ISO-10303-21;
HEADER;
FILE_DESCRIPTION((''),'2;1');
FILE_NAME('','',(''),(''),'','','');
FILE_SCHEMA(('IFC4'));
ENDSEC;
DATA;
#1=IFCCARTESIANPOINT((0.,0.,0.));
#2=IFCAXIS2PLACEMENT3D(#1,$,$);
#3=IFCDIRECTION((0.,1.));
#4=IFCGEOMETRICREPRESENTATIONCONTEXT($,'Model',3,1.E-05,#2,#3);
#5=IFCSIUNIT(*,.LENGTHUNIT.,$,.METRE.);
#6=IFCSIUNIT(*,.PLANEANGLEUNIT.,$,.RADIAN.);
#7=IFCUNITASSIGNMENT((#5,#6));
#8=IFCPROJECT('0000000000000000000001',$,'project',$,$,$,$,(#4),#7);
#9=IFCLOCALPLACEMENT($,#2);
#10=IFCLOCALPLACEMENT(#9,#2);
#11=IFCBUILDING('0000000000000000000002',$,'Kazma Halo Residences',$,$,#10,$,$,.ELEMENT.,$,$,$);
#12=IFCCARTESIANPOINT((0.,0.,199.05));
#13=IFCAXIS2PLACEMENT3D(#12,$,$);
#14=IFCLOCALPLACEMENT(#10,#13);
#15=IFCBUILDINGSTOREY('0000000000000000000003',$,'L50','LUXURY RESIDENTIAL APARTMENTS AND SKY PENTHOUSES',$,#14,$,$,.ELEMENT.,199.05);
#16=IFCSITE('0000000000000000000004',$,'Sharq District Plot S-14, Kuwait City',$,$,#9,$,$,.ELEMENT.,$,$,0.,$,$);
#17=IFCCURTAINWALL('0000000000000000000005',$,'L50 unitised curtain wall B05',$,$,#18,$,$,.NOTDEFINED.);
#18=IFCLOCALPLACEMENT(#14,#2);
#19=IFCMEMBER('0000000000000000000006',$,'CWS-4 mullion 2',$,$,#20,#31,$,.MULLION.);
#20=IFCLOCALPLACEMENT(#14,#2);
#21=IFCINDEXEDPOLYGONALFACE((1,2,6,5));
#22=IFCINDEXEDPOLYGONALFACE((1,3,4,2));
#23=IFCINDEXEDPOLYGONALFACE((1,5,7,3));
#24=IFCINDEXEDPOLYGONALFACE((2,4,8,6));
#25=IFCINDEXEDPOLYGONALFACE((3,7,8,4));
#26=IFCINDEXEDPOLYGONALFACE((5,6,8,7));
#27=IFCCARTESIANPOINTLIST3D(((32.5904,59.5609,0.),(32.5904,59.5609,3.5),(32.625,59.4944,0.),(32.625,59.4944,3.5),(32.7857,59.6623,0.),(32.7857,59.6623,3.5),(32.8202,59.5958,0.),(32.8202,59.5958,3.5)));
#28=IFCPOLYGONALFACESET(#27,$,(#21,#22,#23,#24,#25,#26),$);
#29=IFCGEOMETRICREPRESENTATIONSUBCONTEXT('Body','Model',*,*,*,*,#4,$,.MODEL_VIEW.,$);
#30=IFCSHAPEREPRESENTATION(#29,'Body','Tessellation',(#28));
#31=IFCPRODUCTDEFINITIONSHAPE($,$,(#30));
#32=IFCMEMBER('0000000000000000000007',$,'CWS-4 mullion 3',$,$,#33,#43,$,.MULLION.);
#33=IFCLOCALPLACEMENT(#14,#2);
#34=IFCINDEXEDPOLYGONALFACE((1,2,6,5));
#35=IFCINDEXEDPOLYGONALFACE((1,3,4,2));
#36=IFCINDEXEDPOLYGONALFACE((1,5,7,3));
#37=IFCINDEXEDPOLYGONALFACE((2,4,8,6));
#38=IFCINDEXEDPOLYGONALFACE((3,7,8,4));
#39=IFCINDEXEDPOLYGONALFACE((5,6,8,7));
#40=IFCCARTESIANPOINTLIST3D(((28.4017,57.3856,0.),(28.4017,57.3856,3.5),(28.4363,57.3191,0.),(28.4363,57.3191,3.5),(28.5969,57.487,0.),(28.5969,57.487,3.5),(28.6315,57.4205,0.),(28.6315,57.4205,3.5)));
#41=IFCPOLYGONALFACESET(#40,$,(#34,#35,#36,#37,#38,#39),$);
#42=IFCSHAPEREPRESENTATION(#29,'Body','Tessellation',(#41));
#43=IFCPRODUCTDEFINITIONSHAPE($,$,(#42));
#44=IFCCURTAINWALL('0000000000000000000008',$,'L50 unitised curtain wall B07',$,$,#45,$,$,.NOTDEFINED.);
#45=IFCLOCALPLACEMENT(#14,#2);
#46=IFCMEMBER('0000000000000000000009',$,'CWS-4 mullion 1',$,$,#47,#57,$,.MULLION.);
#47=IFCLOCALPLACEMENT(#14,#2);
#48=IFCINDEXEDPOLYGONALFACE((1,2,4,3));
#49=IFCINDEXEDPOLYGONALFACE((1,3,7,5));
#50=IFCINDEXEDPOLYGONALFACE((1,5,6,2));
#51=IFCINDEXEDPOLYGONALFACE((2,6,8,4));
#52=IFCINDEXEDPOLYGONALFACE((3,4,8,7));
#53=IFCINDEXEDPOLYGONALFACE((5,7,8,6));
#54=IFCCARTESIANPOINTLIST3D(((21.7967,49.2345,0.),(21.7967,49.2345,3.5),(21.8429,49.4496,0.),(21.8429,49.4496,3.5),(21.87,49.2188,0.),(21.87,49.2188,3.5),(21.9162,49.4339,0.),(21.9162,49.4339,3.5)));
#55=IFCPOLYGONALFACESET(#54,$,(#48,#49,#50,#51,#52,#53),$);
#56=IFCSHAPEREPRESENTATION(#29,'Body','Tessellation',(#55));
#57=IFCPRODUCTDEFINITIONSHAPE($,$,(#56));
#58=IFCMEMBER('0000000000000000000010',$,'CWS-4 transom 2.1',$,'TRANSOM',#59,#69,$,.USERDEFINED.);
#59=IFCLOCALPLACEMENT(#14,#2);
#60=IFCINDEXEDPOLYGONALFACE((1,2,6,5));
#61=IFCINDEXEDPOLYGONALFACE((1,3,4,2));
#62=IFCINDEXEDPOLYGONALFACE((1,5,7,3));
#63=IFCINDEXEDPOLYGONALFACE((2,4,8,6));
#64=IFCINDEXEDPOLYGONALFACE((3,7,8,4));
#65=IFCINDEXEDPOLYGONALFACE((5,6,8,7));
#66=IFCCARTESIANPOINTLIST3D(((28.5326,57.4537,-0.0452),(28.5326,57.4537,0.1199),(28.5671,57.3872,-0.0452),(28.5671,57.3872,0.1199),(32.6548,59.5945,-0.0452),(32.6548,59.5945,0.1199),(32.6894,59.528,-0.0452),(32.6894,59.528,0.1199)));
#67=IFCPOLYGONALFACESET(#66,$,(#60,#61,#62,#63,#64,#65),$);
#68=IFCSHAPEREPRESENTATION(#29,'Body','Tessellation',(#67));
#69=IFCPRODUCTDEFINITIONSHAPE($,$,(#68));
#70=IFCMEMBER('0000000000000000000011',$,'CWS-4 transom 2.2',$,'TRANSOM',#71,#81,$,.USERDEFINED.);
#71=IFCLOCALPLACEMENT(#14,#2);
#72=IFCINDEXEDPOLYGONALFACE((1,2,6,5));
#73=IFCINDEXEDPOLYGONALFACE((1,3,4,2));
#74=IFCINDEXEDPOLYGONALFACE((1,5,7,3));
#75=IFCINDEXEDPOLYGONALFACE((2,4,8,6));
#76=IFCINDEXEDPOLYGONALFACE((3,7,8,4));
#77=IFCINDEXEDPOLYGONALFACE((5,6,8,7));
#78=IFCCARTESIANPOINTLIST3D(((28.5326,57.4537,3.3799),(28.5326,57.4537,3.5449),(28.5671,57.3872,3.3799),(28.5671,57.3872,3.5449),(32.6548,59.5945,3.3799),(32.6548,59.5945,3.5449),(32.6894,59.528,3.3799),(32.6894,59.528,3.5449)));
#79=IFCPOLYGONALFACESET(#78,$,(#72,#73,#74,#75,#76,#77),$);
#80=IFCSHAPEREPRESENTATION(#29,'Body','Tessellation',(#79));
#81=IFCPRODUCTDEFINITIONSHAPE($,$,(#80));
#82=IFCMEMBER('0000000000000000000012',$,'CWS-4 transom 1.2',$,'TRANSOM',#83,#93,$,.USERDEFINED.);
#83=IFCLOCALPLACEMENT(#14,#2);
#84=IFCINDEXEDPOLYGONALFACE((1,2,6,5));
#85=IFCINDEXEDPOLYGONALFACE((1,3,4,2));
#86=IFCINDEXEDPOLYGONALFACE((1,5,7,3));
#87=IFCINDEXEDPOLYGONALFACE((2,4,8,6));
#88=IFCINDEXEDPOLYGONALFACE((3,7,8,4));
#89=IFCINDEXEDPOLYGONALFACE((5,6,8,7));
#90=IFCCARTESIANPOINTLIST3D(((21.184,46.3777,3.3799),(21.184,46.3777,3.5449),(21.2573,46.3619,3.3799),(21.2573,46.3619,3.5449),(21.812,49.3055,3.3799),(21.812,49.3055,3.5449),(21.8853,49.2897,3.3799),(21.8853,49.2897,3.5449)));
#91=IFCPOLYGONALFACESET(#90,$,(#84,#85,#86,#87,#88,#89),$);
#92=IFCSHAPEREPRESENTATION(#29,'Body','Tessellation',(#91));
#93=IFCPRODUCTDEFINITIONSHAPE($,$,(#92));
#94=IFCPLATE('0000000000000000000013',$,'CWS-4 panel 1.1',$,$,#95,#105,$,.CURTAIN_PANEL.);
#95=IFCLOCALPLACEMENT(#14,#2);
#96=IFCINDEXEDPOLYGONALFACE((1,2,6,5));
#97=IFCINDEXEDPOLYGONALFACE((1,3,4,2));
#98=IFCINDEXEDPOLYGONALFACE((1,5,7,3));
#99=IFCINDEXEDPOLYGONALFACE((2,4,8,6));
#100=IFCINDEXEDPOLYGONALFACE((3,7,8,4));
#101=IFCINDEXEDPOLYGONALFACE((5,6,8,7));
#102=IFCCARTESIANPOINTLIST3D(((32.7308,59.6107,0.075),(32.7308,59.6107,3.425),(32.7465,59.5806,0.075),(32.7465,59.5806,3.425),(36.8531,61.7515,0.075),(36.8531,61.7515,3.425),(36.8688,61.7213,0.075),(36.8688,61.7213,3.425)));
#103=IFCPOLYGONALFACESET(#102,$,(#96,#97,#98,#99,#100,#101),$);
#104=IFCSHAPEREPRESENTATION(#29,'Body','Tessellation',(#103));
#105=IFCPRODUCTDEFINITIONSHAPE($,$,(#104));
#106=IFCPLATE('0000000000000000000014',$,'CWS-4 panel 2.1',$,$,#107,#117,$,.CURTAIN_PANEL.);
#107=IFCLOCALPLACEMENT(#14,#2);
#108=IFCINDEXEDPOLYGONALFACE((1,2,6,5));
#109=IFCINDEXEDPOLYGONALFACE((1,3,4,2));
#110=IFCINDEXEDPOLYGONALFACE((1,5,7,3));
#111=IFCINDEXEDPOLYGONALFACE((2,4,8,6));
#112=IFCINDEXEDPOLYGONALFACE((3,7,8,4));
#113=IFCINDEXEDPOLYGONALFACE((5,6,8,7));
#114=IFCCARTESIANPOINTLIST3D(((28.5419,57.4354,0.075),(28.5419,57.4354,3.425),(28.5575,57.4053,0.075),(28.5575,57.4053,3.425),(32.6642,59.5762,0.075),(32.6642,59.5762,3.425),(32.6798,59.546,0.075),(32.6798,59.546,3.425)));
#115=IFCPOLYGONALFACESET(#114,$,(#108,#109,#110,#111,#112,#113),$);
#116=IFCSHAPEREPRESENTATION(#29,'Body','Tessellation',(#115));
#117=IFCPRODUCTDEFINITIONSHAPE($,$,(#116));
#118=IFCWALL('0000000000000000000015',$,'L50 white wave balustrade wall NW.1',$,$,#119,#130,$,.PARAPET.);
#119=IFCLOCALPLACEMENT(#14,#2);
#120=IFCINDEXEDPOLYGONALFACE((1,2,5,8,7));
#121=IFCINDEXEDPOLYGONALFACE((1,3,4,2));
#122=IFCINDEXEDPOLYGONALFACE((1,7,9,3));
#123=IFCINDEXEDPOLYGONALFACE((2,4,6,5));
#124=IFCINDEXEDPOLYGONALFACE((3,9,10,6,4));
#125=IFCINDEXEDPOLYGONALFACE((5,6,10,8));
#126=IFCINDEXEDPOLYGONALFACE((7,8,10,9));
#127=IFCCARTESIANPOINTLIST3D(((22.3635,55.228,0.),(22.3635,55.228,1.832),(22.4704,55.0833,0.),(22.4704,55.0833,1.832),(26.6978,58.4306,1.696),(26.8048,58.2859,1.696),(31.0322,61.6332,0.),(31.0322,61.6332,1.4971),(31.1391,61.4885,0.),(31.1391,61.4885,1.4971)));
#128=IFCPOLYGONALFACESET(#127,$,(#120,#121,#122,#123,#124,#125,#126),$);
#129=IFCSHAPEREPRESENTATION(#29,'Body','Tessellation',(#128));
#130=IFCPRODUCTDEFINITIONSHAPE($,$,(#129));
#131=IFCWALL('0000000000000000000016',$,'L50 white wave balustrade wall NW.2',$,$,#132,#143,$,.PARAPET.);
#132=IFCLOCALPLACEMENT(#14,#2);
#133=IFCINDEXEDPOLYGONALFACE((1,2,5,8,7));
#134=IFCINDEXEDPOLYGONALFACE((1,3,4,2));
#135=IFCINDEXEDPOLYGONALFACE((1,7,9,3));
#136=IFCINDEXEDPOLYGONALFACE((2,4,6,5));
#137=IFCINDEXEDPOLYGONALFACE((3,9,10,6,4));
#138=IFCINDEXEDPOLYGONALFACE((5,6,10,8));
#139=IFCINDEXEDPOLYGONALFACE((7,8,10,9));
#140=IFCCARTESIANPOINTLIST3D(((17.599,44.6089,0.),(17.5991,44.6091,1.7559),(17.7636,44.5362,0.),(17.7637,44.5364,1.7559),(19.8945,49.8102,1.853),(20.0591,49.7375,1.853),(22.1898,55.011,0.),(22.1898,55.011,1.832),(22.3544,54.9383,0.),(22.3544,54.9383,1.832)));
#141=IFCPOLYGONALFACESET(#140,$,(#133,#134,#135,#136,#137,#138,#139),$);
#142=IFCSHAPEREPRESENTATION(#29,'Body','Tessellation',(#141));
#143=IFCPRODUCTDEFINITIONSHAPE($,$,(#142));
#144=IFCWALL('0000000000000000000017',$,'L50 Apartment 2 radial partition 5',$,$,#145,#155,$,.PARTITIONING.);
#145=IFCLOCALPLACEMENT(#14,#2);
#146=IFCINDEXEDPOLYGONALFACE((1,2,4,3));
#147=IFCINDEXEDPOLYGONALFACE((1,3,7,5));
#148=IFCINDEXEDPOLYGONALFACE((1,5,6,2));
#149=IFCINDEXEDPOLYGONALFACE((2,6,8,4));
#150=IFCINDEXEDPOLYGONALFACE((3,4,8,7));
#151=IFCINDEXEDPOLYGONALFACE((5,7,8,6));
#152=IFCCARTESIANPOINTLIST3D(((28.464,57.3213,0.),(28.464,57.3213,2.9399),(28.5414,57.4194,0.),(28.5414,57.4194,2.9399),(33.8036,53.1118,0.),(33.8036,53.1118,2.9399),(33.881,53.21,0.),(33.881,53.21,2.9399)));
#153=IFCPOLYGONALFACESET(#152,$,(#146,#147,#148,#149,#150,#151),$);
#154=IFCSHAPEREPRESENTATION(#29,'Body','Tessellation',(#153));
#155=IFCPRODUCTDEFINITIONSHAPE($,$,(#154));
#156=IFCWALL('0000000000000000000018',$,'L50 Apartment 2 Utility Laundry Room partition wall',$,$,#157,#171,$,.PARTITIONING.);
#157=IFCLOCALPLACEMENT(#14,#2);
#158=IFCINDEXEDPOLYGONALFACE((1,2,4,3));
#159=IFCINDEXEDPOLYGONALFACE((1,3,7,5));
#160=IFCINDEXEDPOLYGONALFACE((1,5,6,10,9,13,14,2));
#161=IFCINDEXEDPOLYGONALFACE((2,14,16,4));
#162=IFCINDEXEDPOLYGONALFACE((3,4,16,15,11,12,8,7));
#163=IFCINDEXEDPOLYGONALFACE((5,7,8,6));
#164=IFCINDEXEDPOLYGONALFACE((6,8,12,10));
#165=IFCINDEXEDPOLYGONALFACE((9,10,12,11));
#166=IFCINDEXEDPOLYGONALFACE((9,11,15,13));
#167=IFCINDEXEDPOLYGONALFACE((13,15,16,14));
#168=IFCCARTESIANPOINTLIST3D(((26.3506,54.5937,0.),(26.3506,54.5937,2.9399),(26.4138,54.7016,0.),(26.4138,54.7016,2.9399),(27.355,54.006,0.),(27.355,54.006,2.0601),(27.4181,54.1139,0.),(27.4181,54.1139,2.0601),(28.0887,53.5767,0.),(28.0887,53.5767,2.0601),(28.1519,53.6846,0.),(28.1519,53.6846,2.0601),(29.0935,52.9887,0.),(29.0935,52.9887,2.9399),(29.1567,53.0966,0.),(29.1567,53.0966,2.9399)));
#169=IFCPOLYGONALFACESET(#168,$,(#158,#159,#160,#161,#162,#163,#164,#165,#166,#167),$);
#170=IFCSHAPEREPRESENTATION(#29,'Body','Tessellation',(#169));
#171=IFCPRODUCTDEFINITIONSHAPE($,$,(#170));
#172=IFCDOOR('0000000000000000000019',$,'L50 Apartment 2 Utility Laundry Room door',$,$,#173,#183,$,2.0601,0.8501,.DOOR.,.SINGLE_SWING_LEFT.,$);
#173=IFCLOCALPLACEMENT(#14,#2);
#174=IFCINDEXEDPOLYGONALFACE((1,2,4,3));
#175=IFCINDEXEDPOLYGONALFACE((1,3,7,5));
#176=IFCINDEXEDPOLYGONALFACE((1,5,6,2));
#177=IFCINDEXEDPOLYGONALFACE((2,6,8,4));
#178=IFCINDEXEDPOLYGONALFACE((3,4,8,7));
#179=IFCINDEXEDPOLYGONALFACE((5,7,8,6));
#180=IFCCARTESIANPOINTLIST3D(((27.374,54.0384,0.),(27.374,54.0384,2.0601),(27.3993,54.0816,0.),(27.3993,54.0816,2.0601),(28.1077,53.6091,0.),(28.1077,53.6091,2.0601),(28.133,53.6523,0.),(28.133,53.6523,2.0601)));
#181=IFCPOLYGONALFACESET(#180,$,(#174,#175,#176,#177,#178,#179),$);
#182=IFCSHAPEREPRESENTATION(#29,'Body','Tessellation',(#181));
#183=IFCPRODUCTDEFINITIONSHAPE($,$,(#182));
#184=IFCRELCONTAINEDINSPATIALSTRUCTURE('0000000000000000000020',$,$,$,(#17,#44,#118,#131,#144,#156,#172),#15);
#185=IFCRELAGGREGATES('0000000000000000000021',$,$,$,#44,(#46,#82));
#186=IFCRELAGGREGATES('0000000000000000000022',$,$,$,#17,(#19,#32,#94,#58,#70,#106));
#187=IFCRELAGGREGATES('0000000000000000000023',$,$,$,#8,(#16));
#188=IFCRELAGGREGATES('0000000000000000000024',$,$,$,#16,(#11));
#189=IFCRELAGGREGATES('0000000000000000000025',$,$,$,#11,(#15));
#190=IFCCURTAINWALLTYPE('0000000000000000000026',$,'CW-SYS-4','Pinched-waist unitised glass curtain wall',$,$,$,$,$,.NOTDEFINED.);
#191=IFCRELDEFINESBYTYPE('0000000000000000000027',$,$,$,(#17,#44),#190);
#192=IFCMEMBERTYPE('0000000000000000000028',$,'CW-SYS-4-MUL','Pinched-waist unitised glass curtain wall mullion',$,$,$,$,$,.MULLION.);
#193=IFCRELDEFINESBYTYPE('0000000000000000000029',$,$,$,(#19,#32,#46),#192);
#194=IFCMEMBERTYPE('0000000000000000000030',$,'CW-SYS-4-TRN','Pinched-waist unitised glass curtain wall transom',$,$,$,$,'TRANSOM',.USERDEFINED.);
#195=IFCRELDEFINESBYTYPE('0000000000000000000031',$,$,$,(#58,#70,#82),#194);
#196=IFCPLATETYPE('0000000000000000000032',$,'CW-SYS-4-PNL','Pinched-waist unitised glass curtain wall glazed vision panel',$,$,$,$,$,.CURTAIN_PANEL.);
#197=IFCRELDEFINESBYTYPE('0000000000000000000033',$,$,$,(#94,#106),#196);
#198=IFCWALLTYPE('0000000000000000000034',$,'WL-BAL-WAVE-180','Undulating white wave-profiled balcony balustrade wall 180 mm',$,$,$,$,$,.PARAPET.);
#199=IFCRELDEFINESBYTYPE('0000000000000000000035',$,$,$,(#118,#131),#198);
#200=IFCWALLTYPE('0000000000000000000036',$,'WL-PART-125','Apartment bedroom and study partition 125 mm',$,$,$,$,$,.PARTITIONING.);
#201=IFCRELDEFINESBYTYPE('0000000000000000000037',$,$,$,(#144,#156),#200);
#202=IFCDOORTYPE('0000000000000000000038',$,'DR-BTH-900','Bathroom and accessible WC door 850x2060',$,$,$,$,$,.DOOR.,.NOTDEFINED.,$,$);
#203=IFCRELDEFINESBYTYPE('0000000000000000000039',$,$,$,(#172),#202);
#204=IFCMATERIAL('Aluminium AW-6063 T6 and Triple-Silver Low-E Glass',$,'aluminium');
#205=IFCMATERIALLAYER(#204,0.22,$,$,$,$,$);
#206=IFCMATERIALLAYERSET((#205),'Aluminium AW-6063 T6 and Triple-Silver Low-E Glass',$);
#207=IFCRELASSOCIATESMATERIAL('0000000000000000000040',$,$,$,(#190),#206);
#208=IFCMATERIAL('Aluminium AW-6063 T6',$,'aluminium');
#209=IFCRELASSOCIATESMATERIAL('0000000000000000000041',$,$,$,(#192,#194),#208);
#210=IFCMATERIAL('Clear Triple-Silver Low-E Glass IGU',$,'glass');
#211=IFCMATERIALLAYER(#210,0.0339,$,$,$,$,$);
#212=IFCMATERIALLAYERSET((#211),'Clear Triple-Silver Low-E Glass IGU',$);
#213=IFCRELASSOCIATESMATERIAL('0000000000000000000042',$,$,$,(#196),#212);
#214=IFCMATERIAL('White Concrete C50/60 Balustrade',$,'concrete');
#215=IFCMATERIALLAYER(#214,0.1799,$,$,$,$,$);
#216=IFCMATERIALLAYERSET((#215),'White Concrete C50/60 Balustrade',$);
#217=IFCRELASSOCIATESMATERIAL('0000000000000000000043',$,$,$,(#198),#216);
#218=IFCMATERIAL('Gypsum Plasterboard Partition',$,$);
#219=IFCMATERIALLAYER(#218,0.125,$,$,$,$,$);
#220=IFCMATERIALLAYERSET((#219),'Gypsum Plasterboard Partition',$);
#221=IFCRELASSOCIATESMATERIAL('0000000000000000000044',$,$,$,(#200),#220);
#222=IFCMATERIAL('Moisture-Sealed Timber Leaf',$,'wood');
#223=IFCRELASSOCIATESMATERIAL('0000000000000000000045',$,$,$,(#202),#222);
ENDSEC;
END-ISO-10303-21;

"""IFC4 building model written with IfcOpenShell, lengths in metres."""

from ifc_helpers import new_model, si_unit, direction, frame, frame_2d, origin, origin_2d, place, context, subcontext, project, spatial, polyline, rectangle, outline, extrude, material, layer, layer_set, material_profile, profile_set, type_object, element, fill, aggregate, save


model = new_model("IFC4")

# Units and contexts
model_context = context("Model", 3, precision=1e-05, world=origin(), true_north=direction((0.0, 1.0)))
body_context = subcontext(model_context, "Body", "Model", "MODEL_VIEW")
ifc_project = project(units=[si_unit("LENGTHUNIT", "METRE"), si_unit("PLANEANGLEUNIT", "RADIAN")], contexts=[model_context])

# Site, building, storey
site_placement = place(None, origin())
site = spatial("IfcSite", under=ifc_project, at=site_placement, Name="Sharq District Plot S-14, Kuwait City", CompositionType="ELEMENT", RefElevation=0.0)
building_placement = place(site_placement, origin())
building = spatial("IfcBuilding", under=site, at=building_placement, Name="Kazma Halo Residences", CompositionType="ELEMENT")
storey_placement = place(building_placement, frame((0.0, 0.0, 199.05)))
storey = spatial("IfcBuildingStorey", under=building, at=storey_placement, Name="L50", Description="LUXURY RESIDENTIAL APARTMENTS AND SKY PENTHOUSES", CompositionType="ELEMENT", Elevation=199.05)

# Curtain wall, members
ifc_material_1 = material(Name="Aluminium AW-6063 T6 and Triple-Silver Low-E Glass", Category="aluminium")
ifc_layer_1 = layer(ifc_material_1, 0.22)
ifc_layer_set_1 = layer_set([ifc_layer_1], Name="Aluminium AW-6063 T6 and Triple-Silver Low-E Glass")
curtain_wall_type = type_object("IfcCurtainWallType", Name="CW-SYS-4", Description="Pinched-waist unitised glass curtain wall", PredefinedType="NOTDEFINED", material=ifc_layer_set_1)
curtain_wall_1_placement = place(storey_placement, origin())
curtain_wall_1 = element("IfcCurtainWall", 1, at=curtain_wall_1_placement, inside=storey, type_object=curtain_wall_type, Name="L50 unitised curtain wall B05", PredefinedType="NOTDEFINED")
ifc_material_2 = material(Name="Aluminium AW-6063 T6", Category="aluminium")
ifc_material_profile_1 = material_profile(ifc_material_2, rectangle(XDim=0.075, YDim=0.22, at=origin_2d()), Name="CWM-75x220")
ifc_profile_set_1 = profile_set([ifc_material_profile_1], Name="Aluminium AW-6063 T6")
member_type_1 = type_object("IfcMemberType", Name="CW-SYS-4-MUL", Description="Pinched-waist unitised glass curtain wall mullion", PredefinedType="MULLION", material=ifc_profile_set_1)
member_1_placement = place(storey_placement, frame((32.7053, 59.5784, 0.0), z_axis=(0.0, 0.0, 1.0), x_axis=(0.460874, -0.887466, 0.0)))
member_1 = element("IfcMember", 2, at=member_1_placement, type_object=member_type_1, Name="CWS-4 mullion 2", PredefinedType="MULLION", context=body_context, shape_type="SweptSolid", body=[
    extrude(rectangle(XDim=0.075, YDim=0.22, at=origin_2d()), origin(), (0.0, 0.0, 1.0), 3.5),
])
member_2_placement = place(storey_placement, frame((28.5166, 57.4031, 0.0), z_axis=(0.0, 0.0, 1.0), x_axis=(0.460874, -0.887466, 0.0)))
member_2 = element("IfcMember", 3, at=member_2_placement, type_object=member_type_1, Name="CWS-4 mullion 3", PredefinedType="MULLION", context=body_context, shape_type="SweptSolid", body=[
    extrude(rectangle(XDim=0.075, YDim=0.22, at=origin_2d()), origin(), (0.0, 0.0, 1.0), 3.5),
])

# Curtain wall, member
curtain_wall_2_placement = place(storey_placement, origin())
curtain_wall_2 = element("IfcCurtainWall", 4, at=curtain_wall_2_placement, inside=storey, type_object=curtain_wall_type, Name="L50 unitised curtain wall B07", PredefinedType="NOTDEFINED")
member_3_placement = place(storey_placement, frame((21.8564, 49.3342, 0.0), z_axis=(0.0, 0.0, 1.0), x_axis=(0.977768, -0.20969, 0.0)))
member_3 = element("IfcMember", 5, at=member_3_placement, type_object=member_type_1, Name="CWS-4 mullion 1", PredefinedType="MULLION", context=body_context, shape_type="SweptSolid", body=[
    extrude(rectangle(XDim=0.075, YDim=0.22, at=origin_2d()), origin(), (0.0, 0.0, 1.0), 3.5),
])

# Members
ifc_material_profile_2 = material_profile(ifc_material_2, rectangle(XDim=0.075, YDim=0.165, at=origin_2d()), Name="CWT-75x165")
ifc_profile_set_2 = profile_set([ifc_material_profile_2], Name="Aluminium AW-6063 T6")
member_type_2 = type_object("IfcMemberType", Name="CW-SYS-4-TRN", Description="Pinched-waist unitised glass curtain wall transom", ElementType="TRANSOM", PredefinedType="USERDEFINED", material=ifc_profile_set_2)
member_4_placement = place(storey_placement, frame((32.6721, 59.5613, 0.0374), z_axis=(-0.887458, -0.460889, 0.0), x_axis=(0.460889, -0.887458, 0.0)))
member_4 = element("IfcMember", 6, at=member_4_placement, type_object=member_type_2, Name="CWS-4 transom 2.1", ObjectType="TRANSOM", PredefinedType="USERDEFINED", context=body_context, shape_type="SweptSolid", body=[
    extrude(rectangle(XDim=0.075, YDim=0.165, at=origin_2d()), origin(), (0.0, 0.0, 1.0), 4.645),
])
member_5_placement = place(storey_placement, frame((32.6721, 59.5613, 3.4624), z_axis=(-0.887458, -0.460889, 0.0), x_axis=(0.460889, -0.887458, 0.0)))
member_5 = element("IfcMember", 7, at=member_5_placement, type_object=member_type_2, Name="CWS-4 transom 2.2", ObjectType="TRANSOM", PredefinedType="USERDEFINED", context=body_context, shape_type="SweptSolid", body=[
    extrude(rectangle(XDim=0.075, YDim=0.165, at=origin_2d()), origin(), (0.0, 0.0, 1.0), 4.645),
])
member_6_placement = place(storey_placement, frame((21.8486, 49.2976, 3.4624), z_axis=(-0.209707, -0.977764, 0.0), x_axis=(0.977764, -0.209707, 0.0)))
member_6 = element("IfcMember", 8, at=member_6_placement, type_object=member_type_2, Name="CWS-4 transom 1.2", ObjectType="TRANSOM", PredefinedType="USERDEFINED", context=body_context, shape_type="SweptSolid", body=[
    extrude(rectangle(XDim=0.075, YDim=0.165, at=origin_2d()), origin(), (0.0, 0.0, 1.0), 2.9944),
])
aggregate(curtain_wall_2, [member_3, member_6])

# Plates
ifc_material_3 = material(Name="Clear Triple-Silver Low-E Glass IGU", Category="glass")
ifc_layer_2 = layer(ifc_material_3, 0.0339)
ifc_layer_set_2 = layer_set([ifc_layer_2], Name="Clear Triple-Silver Low-E Glass IGU")
plate_type = type_object("IfcPlateType", Name="CW-SYS-4-PNL", Description="Pinched-waist unitised glass curtain wall glazed vision panel", PredefinedType="CURTAIN_PANEL", material=ifc_layer_set_2)
plate_1_placement = place(storey_placement, frame((34.7998, 60.666, 0.075), z_axis=(0.0, 0.0, 1.0), x_axis=(-0.887466, -0.460874, 0.0)))
plate_1 = element("IfcPlate", 9, at=plate_1_placement, type_object=plate_type, Name="CWS-4 panel 1.1", PredefinedType="CURTAIN_PANEL", context=body_context, shape_type="SweptSolid", body=[
    extrude(rectangle(XDim=4.645, YDim=0.0339, at=origin_2d()), origin(), (0.0, 0.0, 1.0), 3.3501),
])
plate_2_placement = place(storey_placement, frame((30.6108, 58.4907, 0.075), z_axis=(0.0, 0.0, 1.0), x_axis=(-0.887466, -0.460874, 0.0)))
plate_2 = element("IfcPlate", 10, at=plate_2_placement, type_object=plate_type, Name="CWS-4 panel 2.1", PredefinedType="CURTAIN_PANEL", context=body_context, shape_type="SweptSolid", body=[
    extrude(rectangle(XDim=4.645, YDim=0.0339, at=origin_2d()), origin(), (0.0, 0.0, 1.0), 3.3501),
])
aggregate(curtain_wall_1, [member_1, member_2, plate_1, member_4, member_5, plate_2])

# Walls
ifc_material_4 = material(Name="White Concrete C50/60 Balustrade", Category="concrete")
ifc_layer_3 = layer(ifc_material_4, 0.1799)
ifc_layer_set_3 = layer_set([ifc_layer_3], Name="White Concrete C50/60 Balustrade")
wall_type_1 = type_object("IfcWallType", Name="WL-BAL-WAVE-180", Description="Undulating white wave-profiled balcony balustrade wall 180 mm", PredefinedType="PARAPET", material=ifc_layer_set_3)
wall_1_placement = place(storey_placement, frame((31.0857, 61.5608, 0.0), z_axis=(0.0, 0.0, 1.0), x_axis=(-0.804266, -0.594269, 0.0)))
element("IfcWall", 11, at=wall_1_placement, inside=storey, type_object=wall_type_1, Name="L50 white wave balustrade wall NW.1", PredefinedType="PARAPET", context=body_context, shape_type="SweptSolid", body=[
    extrude(outline(polyline([(0.0, 0.0), (10.7783, 0.0), (10.7783, 1.832), (5.3892, 1.696), (0.0, 1.4971), (0.0, 0.0)])), frame((0.0, 0.0898, 0.0), z_axis=(0.0, -1.0, 0.0), x_axis=(1.0, 0.0, 0.0)), (0.0, 0.0, 1.0), 0.1799),
])
wall_2_placement = place(storey_placement, frame((22.2722, 54.9746, 0.0), z_axis=(0.0, 0.0, 1.0), x_axis=(-0.403762, -0.914864, 0.0)))
element("IfcWall", 12, at=wall_2_placement, inside=storey, type_object=wall_type_1, Name="L50 white wave balustrade wall NW.2", PredefinedType="PARAPET", context=body_context, shape_type="SweptSolid", body=[
    extrude(outline(polyline([(0.0, 0.0), (11.3701, 0.0), (11.3699, 1.7559), (5.6848, 1.853), (0.0, 1.832), (0.0, 0.0)])), frame((0.0, 0.0898, 0.0), z_axis=(0.0, -1.0, 0.0), x_axis=(1.0, 0.0, 0.0)), (0.0, 0.0, 1.0), 0.1799),
])

# Wall
ifc_material_5 = material(Name="Gypsum Plasterboard Partition")
ifc_layer_4 = layer(ifc_material_5, 0.125)
ifc_layer_set_4 = layer_set([ifc_layer_4], Name="Gypsum Plasterboard Partition")
wall_type_2 = type_object("IfcWallType", Name="WL-PART-125", Description="Apartment bedroom and study partition 125 mm", PredefinedType="PARTITIONING", material=ifc_layer_set_4)
wall_3_placement = place(storey_placement, frame((33.8423, 53.1609, 0.0), z_axis=(0.0, 0.0, 1.0), x_axis=(-0.785312, 0.6191, 0.0)))
element("IfcWall", 13, at=wall_3_placement, inside=storey, type_object=wall_type_2, Name="L50 Apartment 2 radial partition 5", PredefinedType="PARTITIONING", context=body_context, shape_type="SweptSolid", body=[
    extrude(rectangle(XDim=6.7993, YDim=0.125, at=frame_2d((3.3997, 0.0))), origin(), (0.0, 0.0, 1.0), 2.9399),
])

# Wall, opening, door
wall_4_placement = place(storey_placement, frame((29.125, 53.0427, 0.0), z_axis=(0.0, 0.0, 1.0), x_axis=(-0.863101, 0.505031, 0.0)))
wall_4 = element("IfcWall", 14, at=wall_4_placement, inside=storey, type_object=wall_type_2, Name="L50 Apartment 2 Utility Laundry Room partition wall", PredefinedType="PARTITIONING", context=body_context, shape_type="SweptSolid", body=[
    extrude(rectangle(XDim=3.178, YDim=0.125, at=frame_2d((1.5889, 0.0))), origin(), (0.0, 0.0, 1.0), 2.9399),
])
opening_1_placement = place(wall_4_placement, frame((1.1641, 0.0, 0.0)))
opening_1 = element("IfcOpeningElement", 15, at=opening_1_placement, cuts=wall_4, PredefinedType="OPENING", context=body_context, shape_type="SweptSolid", body=[
    extrude(rectangle(XDim=0.8501, YDim=2.0601, at=frame_2d((0.425, 1.03))), frame((0.0, 0.0725, 0.0), z_axis=(0.0, -1.0, 0.0), x_axis=(1.0, 0.0, 0.0)), (0.0, 0.0, 1.0), 0.145),
])
ifc_material_6 = material(Name="Moisture-Sealed Timber Leaf", Category="wood")
door_type_1 = type_object("IfcDoorType", Name="DR-BTH-900", Description="Bathroom and accessible WC door 850x2060", OperationType="NOTDEFINED", PredefinedType="DOOR", material=ifc_material_6)
door_1_placement = place(opening_1_placement, origin())
door_1 = element("IfcDoor", 16, at=door_1_placement, inside=storey, type_object=door_type_1, Name="L50 Apartment 2 Utility Laundry Room door", OperationType="SINGLE_SWING_LEFT", OverallHeight=2.0601, OverallWidth=0.8501, PredefinedType="DOOR", context=body_context, shape_type="SweptSolid", body=[
    extrude(rectangle(XDim=0.8501, YDim=2.0601, at=frame_2d((0.425, 1.03))), frame((0.0, 0.0249, 0.0), z_axis=(0.0, -1.0, 0.0), x_axis=(1.0, 0.0, 0.0)), (0.0, 0.0, 1.0), 0.05),
])
fill(opening_1, door_1)

save(model, "model.ifc")
